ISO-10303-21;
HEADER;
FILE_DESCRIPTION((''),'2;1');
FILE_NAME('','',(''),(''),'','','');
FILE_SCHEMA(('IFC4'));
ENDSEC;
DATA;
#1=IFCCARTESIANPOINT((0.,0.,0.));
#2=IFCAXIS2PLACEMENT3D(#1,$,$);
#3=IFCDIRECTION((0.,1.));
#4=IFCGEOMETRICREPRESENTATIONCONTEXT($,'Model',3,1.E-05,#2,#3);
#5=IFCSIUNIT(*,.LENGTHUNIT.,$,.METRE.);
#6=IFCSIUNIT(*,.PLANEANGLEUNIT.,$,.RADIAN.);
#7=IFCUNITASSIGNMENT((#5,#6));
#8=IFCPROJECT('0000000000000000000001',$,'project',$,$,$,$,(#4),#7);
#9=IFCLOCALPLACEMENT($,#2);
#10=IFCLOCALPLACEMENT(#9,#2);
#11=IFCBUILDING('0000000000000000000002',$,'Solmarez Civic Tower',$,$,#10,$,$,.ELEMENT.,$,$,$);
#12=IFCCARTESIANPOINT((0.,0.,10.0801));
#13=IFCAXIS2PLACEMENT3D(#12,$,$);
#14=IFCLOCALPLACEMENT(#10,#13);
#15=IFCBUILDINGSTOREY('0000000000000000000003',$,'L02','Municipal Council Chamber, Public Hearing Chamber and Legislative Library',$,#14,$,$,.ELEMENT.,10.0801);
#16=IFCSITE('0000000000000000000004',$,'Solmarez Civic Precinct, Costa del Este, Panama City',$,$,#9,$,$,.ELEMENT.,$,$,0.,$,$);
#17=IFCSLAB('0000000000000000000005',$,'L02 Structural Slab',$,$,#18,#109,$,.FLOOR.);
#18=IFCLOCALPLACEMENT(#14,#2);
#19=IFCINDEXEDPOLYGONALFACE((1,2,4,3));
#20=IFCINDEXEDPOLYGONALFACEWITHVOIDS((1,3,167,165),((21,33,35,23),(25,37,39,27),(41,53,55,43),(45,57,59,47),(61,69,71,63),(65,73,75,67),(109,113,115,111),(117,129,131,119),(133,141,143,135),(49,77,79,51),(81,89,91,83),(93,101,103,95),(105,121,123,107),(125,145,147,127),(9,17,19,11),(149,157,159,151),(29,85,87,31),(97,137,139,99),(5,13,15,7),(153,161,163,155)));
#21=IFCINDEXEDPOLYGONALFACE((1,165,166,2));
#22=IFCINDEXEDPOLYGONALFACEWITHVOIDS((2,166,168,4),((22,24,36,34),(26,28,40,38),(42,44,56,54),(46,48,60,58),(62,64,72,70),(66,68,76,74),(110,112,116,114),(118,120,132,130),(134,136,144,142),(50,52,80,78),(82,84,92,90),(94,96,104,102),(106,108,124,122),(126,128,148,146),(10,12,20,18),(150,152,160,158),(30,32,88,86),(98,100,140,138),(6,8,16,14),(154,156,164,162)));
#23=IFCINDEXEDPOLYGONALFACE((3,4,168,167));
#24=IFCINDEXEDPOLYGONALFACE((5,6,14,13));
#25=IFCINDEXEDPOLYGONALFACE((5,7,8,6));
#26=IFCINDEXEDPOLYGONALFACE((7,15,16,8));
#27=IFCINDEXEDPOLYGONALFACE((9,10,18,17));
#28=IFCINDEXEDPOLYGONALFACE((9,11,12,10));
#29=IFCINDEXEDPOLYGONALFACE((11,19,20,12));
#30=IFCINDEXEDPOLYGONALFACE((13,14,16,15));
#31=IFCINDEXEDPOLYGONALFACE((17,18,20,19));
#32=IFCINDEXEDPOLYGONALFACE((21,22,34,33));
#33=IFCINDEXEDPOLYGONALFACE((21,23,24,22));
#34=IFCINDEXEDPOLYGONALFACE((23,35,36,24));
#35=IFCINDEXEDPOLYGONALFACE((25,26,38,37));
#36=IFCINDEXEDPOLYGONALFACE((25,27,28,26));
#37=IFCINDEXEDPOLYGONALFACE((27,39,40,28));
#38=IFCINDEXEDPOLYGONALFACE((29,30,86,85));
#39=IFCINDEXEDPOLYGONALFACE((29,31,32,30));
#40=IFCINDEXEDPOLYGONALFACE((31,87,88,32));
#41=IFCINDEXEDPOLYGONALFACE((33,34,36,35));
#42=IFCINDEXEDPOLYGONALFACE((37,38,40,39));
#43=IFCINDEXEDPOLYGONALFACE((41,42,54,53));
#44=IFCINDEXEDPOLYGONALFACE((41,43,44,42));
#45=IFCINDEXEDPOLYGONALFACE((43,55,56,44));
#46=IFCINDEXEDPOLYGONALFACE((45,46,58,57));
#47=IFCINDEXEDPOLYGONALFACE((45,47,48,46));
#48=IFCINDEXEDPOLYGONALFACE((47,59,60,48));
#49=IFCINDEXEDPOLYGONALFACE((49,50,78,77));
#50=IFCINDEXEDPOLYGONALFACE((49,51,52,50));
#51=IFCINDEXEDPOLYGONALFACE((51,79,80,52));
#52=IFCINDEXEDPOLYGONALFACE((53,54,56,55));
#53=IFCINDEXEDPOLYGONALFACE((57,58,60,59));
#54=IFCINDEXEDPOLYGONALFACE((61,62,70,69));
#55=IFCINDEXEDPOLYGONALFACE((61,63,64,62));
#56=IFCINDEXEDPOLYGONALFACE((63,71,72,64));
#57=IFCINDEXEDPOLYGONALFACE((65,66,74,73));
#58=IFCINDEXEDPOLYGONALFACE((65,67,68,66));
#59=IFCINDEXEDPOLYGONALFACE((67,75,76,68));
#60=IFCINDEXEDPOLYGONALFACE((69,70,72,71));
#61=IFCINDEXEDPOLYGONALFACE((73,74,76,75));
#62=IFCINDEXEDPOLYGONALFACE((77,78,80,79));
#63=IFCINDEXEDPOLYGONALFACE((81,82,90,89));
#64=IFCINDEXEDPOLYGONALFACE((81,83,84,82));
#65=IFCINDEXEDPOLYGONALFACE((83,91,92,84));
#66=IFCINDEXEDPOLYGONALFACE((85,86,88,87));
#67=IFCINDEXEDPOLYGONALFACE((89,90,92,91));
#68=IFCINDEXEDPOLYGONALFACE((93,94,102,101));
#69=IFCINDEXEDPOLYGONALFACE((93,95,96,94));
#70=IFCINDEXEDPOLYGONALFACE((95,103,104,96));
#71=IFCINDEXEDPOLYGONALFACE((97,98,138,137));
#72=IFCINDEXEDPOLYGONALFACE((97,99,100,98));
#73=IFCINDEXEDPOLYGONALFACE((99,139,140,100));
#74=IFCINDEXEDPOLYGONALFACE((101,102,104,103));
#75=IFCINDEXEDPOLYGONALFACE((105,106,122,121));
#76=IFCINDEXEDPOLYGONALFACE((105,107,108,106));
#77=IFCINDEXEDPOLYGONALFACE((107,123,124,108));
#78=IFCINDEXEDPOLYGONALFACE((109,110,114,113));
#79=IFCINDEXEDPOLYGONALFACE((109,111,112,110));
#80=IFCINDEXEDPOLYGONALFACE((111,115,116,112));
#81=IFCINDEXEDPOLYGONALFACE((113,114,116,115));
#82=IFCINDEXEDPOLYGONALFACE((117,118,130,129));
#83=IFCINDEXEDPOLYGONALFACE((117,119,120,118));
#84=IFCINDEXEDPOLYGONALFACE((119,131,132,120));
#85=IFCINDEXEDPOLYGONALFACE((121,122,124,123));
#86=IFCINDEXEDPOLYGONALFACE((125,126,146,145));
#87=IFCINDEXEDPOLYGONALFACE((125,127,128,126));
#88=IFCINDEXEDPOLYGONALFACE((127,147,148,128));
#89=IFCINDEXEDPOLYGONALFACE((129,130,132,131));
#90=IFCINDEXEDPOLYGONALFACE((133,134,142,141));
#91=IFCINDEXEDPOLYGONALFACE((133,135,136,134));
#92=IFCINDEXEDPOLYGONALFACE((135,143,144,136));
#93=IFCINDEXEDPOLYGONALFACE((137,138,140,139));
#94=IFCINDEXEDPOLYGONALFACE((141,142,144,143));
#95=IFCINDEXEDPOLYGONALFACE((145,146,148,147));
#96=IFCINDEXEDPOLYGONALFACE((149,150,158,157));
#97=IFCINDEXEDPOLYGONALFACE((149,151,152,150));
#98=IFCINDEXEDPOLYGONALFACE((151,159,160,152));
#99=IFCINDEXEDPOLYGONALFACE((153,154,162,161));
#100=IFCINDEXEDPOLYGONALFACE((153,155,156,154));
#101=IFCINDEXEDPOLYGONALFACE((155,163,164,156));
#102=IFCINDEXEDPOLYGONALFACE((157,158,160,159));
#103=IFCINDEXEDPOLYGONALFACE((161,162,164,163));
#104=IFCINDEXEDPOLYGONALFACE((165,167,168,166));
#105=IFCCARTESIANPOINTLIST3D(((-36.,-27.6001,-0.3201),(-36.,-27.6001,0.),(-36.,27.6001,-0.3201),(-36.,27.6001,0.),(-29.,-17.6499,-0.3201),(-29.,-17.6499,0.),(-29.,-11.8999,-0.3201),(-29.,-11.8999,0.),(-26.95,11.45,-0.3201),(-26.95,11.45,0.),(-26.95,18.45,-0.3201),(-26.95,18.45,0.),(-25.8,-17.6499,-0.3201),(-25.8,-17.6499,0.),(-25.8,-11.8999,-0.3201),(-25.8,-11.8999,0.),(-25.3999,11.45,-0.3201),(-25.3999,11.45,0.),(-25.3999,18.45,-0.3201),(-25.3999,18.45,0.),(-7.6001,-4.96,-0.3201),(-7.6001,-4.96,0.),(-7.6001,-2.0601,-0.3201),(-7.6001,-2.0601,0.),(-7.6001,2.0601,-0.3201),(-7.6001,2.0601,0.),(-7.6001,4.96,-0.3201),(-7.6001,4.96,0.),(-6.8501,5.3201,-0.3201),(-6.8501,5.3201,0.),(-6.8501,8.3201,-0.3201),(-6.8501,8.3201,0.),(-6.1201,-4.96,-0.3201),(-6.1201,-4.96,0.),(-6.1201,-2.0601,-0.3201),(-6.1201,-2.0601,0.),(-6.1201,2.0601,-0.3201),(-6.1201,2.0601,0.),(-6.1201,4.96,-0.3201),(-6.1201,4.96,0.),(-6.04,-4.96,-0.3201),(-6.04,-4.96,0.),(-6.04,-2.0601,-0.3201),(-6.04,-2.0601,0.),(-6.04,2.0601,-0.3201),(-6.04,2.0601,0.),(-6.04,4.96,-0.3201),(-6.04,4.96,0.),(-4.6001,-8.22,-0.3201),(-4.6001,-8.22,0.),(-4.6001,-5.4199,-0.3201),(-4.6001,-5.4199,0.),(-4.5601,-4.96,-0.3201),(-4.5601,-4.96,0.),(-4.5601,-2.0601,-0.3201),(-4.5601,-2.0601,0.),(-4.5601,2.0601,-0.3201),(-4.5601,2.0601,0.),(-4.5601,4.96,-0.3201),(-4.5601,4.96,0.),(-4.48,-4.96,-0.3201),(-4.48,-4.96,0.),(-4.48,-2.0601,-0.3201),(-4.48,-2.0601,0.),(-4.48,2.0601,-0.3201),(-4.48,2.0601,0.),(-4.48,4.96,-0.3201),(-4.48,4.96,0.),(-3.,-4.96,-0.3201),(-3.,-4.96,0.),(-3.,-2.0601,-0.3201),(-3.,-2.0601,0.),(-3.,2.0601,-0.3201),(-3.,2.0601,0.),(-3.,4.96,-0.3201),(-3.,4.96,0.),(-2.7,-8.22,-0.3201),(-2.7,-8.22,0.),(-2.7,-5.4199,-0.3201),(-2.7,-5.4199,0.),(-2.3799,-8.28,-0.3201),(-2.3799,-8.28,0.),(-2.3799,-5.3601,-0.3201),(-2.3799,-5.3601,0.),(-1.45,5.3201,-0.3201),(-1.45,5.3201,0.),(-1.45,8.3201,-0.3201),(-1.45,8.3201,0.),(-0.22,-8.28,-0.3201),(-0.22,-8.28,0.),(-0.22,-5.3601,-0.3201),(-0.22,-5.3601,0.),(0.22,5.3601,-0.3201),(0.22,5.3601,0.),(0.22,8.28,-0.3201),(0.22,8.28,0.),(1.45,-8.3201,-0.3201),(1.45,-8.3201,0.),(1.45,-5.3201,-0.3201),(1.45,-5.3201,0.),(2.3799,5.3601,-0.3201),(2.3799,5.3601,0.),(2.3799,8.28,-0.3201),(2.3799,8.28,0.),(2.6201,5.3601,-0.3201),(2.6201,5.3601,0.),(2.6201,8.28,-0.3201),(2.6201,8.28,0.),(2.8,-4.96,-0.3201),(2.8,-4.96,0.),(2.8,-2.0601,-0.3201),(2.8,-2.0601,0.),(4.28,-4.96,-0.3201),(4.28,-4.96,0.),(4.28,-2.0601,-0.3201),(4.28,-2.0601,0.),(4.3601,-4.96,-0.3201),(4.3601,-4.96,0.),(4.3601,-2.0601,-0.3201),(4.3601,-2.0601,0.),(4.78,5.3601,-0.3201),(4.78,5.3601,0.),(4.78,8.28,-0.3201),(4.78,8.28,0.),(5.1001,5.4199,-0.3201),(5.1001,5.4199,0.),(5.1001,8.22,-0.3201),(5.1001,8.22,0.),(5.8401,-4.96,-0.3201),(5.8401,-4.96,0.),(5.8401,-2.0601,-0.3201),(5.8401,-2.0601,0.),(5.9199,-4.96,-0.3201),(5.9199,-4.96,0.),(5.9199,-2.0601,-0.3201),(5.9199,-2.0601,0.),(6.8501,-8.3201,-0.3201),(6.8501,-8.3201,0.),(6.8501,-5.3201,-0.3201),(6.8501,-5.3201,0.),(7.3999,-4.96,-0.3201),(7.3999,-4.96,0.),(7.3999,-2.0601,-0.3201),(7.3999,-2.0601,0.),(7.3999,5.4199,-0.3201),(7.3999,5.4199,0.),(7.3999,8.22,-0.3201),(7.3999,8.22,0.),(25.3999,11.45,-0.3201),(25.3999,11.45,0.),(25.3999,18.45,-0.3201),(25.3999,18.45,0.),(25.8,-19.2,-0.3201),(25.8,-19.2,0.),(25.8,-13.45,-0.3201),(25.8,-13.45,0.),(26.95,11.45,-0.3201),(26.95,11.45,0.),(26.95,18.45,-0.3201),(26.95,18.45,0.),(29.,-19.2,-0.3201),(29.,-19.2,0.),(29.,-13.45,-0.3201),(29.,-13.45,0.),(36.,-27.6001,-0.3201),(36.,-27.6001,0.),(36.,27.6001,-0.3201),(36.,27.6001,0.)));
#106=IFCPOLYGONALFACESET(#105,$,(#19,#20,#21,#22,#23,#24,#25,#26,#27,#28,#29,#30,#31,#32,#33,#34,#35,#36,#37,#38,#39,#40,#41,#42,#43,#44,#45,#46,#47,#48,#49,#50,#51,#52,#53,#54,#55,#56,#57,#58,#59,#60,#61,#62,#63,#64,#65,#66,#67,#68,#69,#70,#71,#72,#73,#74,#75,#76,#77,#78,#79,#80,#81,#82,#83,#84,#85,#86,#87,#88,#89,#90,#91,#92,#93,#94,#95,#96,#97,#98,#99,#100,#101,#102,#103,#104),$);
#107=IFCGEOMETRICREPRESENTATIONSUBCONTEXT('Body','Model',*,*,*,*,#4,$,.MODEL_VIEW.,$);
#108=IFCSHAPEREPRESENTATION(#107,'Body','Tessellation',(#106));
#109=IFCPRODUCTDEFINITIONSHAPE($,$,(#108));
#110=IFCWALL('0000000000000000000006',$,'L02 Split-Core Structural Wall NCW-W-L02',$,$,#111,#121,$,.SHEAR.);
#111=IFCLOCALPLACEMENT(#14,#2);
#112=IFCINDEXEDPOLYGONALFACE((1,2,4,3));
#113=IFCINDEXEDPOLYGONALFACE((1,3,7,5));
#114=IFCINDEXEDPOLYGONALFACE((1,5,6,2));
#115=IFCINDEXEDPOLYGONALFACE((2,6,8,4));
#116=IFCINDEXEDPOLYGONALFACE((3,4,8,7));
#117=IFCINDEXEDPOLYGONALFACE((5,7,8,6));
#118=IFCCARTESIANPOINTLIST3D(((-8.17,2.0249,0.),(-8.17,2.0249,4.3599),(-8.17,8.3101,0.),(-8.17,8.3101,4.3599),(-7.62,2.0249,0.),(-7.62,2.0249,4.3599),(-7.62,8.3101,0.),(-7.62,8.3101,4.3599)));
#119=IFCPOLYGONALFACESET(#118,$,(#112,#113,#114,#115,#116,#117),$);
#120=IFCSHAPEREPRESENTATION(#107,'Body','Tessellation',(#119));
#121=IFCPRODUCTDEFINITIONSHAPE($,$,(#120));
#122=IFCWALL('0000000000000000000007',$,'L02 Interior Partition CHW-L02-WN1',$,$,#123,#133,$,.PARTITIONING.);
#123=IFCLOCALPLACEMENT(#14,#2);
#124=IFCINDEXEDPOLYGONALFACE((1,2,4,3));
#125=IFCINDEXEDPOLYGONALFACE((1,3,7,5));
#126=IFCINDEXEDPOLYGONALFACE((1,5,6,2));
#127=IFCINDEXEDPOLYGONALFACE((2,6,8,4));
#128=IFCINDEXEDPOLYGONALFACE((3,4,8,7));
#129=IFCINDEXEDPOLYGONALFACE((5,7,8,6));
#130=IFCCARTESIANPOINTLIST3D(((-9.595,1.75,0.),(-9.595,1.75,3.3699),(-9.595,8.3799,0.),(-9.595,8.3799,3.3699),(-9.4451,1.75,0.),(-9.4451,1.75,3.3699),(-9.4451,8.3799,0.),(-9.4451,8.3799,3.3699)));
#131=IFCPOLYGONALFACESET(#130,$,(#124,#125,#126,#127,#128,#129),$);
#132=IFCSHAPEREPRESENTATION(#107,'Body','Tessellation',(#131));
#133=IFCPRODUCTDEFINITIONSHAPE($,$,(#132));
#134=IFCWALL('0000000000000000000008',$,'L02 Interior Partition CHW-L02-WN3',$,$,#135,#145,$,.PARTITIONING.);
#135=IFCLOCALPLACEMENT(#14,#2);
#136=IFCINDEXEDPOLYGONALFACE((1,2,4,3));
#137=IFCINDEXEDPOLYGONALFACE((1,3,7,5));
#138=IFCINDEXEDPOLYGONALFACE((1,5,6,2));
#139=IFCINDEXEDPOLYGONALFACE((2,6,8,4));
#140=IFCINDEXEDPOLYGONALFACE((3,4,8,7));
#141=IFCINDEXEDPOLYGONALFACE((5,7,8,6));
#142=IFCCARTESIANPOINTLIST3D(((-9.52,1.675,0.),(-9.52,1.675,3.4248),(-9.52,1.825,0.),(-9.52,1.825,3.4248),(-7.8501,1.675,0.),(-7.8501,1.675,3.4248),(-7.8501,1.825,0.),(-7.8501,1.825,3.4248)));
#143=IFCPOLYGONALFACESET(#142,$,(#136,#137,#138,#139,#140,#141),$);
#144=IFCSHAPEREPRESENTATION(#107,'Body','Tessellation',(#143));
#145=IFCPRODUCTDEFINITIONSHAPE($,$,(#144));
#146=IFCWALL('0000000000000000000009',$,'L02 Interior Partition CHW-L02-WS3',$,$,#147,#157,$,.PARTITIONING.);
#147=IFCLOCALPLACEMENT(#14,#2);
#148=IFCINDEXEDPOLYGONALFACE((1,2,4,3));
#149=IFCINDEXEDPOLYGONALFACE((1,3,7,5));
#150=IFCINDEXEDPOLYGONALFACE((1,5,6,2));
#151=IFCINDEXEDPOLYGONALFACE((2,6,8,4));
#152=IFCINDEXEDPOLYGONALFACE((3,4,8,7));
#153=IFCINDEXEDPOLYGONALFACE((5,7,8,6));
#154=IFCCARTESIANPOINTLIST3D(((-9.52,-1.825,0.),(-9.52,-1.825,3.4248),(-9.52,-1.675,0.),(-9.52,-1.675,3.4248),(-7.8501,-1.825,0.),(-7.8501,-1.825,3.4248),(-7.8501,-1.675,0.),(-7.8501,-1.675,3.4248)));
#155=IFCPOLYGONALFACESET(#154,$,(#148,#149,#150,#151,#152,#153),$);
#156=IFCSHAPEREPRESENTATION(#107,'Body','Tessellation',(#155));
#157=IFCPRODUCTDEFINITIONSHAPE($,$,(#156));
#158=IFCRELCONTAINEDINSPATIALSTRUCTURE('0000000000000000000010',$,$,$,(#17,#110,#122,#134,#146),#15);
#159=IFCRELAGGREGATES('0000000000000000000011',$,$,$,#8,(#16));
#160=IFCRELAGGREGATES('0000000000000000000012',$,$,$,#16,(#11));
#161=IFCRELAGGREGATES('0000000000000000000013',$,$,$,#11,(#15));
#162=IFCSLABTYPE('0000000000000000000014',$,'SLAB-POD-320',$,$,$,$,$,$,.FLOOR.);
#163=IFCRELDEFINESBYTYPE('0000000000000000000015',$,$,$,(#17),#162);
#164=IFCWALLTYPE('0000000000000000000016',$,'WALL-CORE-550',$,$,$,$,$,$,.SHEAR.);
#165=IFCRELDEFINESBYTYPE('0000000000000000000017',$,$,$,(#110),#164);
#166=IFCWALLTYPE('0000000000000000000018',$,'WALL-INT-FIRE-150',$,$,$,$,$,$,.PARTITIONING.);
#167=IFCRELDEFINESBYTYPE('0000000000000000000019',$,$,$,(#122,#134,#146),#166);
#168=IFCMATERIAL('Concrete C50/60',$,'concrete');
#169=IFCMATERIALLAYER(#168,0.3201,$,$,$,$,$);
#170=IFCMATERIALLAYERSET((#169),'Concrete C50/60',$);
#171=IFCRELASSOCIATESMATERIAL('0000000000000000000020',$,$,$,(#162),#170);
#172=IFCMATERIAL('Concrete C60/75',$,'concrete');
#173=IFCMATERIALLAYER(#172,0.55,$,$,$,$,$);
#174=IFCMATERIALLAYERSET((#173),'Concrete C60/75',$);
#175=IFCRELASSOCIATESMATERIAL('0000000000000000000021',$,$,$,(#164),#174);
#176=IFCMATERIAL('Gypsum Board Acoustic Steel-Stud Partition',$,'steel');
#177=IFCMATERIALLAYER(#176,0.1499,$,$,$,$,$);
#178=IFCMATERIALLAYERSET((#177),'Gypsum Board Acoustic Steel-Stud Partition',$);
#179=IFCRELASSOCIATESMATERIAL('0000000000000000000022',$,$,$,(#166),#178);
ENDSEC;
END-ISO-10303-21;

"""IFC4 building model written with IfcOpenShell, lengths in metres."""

from ifc_helpers import new_model, si_unit, direction, frame, frame_2d, origin, place, context, subcontext, project, spatial, polyline, rectangle, outline, extrude, material, layer, layer_set, type_object, element, save


model = new_model("IFC4")

# Units and contexts
model_context = context("Model", 3, precision=1e-05, world=origin(), true_north=direction((0.0, 1.0)))
body_context = subcontext(model_context, "Body", "Model", "MODEL_VIEW")
ifc_project = project(units=[si_unit("LENGTHUNIT", "METRE"), si_unit("PLANEANGLEUNIT", "RADIAN")], contexts=[model_context])

# Site, building, storey
site_placement = place(None, origin())
site = spatial("IfcSite", under=ifc_project, at=site_placement, Name="Solmarez Civic Precinct, Costa del Este, Panama City", CompositionType="ELEMENT", RefElevation=0.0)
building_placement = place(site_placement, origin())
building = spatial("IfcBuilding", under=site, at=building_placement, Name="Solmarez Civic Tower", CompositionType="ELEMENT")
storey_placement = place(building_placement, frame((0.0, 0.0, 10.0801)))
storey = spatial("IfcBuildingStorey", under=building, at=storey_placement, Name="L02", Description="Municipal Council Chamber, Public Hearing Chamber and Legislative Library", CompositionType="ELEMENT", Elevation=10.0801)

# Shared definitions
ifc_material_1 = material(Name="Concrete C60/75", Category="concrete")

# Slab
ifc_material_2 = material(Name="Concrete C50/60", Category="concrete")
ifc_layer_1 = layer(ifc_material_2, 0.3201)
ifc_layer_set_1 = layer_set([ifc_layer_1], Name="Concrete C50/60")
slab_type = type_object("IfcSlabType", Name="SLAB-POD-320", PredefinedType="FLOOR", material=ifc_layer_set_1)
slab_placement = place(storey_placement, frame((0.0, 0.0, -0.3201)))
element("IfcSlab", 1, at=slab_placement, inside=storey, type_object=slab_type, Name="L02 Structural Slab", PredefinedType="FLOOR", context=body_context, shape_type="SweptSolid", body=[
    extrude(outline(polyline([(36.0, -27.6001), (36.0, 27.6001), (-36.0, 27.6001), (-36.0, -27.6001), (36.0, -27.6001)]), holes=[polyline([(-1.45, 8.3201), (-6.8501, 8.3201), (-6.8501, 5.3201), (-1.45, 5.3201), (-1.45, 8.3201)]), polyline([(1.45, -8.3201), (6.8501, -8.3201), (6.8501, -5.3201), (1.45, -5.3201), (1.45, -8.3201)]), polyline([(-25.8, -17.6499), (-25.8, -11.8999), (-29.0, -11.8999), (-29.0, -17.6499), (-25.8, -17.6499)]), polyline([(25.8, -13.45), (25.8, -19.2), (29.0, -19.2), (29.0, -13.45), (25.8, -13.45)]), polyline([(0.22, 5.3601), (2.3799, 5.3601), (2.3799, 8.28), (0.22, 8.28), (0.22, 5.3601)]), polyline([(2.6201, 5.3601), (4.78, 5.3601), (4.78, 8.28), (2.6201, 8.28), (2.6201, 5.3601)]), polyline([(-2.3799, -8.28), (-0.22, -8.28), (-0.22, -5.3601), (-2.3799, -5.3601), (-2.3799, -8.28)]), polyline([(2.8, -4.96), (4.28, -4.96), (4.28, -2.0601), (2.8, -2.0601), (2.8, -4.96)]), polyline([(4.3601, -4.96), (5.8401, -4.96), (5.8401, -2.0601), (4.3601, -2.0601), (4.3601, -4.96)]), polyline([(5.9199, -4.96), (7.3999, -4.96), (7.3999, -2.0601), (5.9199, -2.0601), (5.9199, -4.96)]), polyline([(-7.6001, -4.96), (-6.1201, -4.96), (-6.1201, -2.0601), (-7.6001, -2.0601), (-7.6001, -4.96)]), polyline([(-6.04, -4.96), (-4.5601, -4.96), (-4.5601, -2.0601), (-6.04, -2.0601), (-6.04, -4.96)]), polyline([(-4.48, -4.96), (-3.0, -4.96), (-3.0, -2.0601), (-4.48, -2.0601), (-4.48, -4.96)]), polyline([(-7.6001, 2.0601), (-6.1201, 2.0601), (-6.1201, 4.96), (-7.6001, 4.96), (-7.6001, 2.0601)]), polyline([(-6.04, 2.0601), (-4.5601, 2.0601), (-4.5601, 4.96), (-6.04, 4.96), (-6.04, 2.0601)]), polyline([(-4.48, 2.0601), (-3.0, 2.0601), (-3.0, 4.96), (-4.48, 4.96), (-4.48, 2.0601)]), polyline([(5.1001, 5.4199), (7.3999, 5.4199), (7.3999, 8.22), (5.1001, 8.22), (5.1001, 5.4199)]), polyline([(-4.6001, -8.22), (-2.7, -8.22), (-2.7, -5.4199), (-4.6001, -5.4199), (-4.6001, -8.22)]), polyline([(-26.95, 11.45), (-25.3999, 11.45), (-25.3999, 18.45), (-26.95, 18.45), (-26.95, 11.45)]), polyline([(25.3999, 11.45), (26.95, 11.45), (26.95, 18.45), (25.3999, 18.45), (25.3999, 11.45)])]), origin(), (0.0, 0.0, 1.0), 0.3201),
])

# Wall
ifc_layer_2 = layer(ifc_material_1, 0.55)
ifc_layer_set_2 = layer_set([ifc_layer_2], Name="Concrete C60/75")
wall_type_1 = type_object("IfcWallType", Name="WALL-CORE-550", PredefinedType="SHEAR", material=ifc_layer_set_2)
wall_1_placement = place(storey_placement, frame((-7.895, 2.0249, 0.0), z_axis=(0.0, 0.0, 1.0), x_axis=(0.0, 1.0, 0.0)))
element("IfcWall", 2, at=wall_1_placement, inside=storey, type_object=wall_type_1, Name="L02 Split-Core Structural Wall NCW-W-L02", PredefinedType="SHEAR", context=body_context, shape_type="SweptSolid", body=[
    extrude(rectangle(XDim=6.2852, YDim=0.55, at=frame_2d((3.1426, 0.0))), origin(), (0.0, 0.0, 1.0), 4.3599),
])

# Walls
ifc_material_3 = material(Name="Gypsum Board Acoustic Steel-Stud Partition", Category="steel")
ifc_layer_3 = layer(ifc_material_3, 0.1499)
ifc_layer_set_3 = layer_set([ifc_layer_3], Name="Gypsum Board Acoustic Steel-Stud Partition")
wall_type_2 = type_object("IfcWallType", Name="WALL-INT-FIRE-150", PredefinedType="PARTITIONING", material=ifc_layer_set_3)
wall_2_placement = place(storey_placement, frame((-9.52, 1.75, 0.0), z_axis=(0.0, 0.0, 1.0), x_axis=(0.0, 1.0, 0.0)))
element("IfcWall", 3, at=wall_2_placement, inside=storey, type_object=wall_type_2, Name="L02 Interior Partition CHW-L02-WN1", PredefinedType="PARTITIONING", context=body_context, shape_type="SweptSolid", body=[
    extrude(rectangle(XDim=6.6299, YDim=0.1499, at=frame_2d((3.3149, 0.0))), origin(), (0.0, 0.0, 1.0), 3.3699),
])
for number, where, z_axis, x_axis, name in (
    (4, (-7.8501, 1.75, 0.0), (0.0, 0.0, 1.0), (-1.0, 0.0, 0.0), "L02 Interior Partition CHW-L02-WN3"),
    (5, (-7.8501, -1.75, 0.0), (0.0, 0.0, 1.0), (-1.0, 0.0, 0.0), "L02 Interior Partition CHW-L02-WS3"),
):
    element("IfcWall", number, at=place(storey_placement, frame(where, z_axis=z_axis, x_axis=x_axis)), inside=storey, type_object=wall_type_2, Name=name, PredefinedType="PARTITIONING", context=body_context, shape_type="SweptSolid", body=[
        extrude(rectangle(XDim=1.6699, YDim=0.1499, at=frame_2d((0.835, 0.0))), origin(), (0.0, 0.0, 1.0), 3.4248),
    ])

save(model, "model.ifc")
